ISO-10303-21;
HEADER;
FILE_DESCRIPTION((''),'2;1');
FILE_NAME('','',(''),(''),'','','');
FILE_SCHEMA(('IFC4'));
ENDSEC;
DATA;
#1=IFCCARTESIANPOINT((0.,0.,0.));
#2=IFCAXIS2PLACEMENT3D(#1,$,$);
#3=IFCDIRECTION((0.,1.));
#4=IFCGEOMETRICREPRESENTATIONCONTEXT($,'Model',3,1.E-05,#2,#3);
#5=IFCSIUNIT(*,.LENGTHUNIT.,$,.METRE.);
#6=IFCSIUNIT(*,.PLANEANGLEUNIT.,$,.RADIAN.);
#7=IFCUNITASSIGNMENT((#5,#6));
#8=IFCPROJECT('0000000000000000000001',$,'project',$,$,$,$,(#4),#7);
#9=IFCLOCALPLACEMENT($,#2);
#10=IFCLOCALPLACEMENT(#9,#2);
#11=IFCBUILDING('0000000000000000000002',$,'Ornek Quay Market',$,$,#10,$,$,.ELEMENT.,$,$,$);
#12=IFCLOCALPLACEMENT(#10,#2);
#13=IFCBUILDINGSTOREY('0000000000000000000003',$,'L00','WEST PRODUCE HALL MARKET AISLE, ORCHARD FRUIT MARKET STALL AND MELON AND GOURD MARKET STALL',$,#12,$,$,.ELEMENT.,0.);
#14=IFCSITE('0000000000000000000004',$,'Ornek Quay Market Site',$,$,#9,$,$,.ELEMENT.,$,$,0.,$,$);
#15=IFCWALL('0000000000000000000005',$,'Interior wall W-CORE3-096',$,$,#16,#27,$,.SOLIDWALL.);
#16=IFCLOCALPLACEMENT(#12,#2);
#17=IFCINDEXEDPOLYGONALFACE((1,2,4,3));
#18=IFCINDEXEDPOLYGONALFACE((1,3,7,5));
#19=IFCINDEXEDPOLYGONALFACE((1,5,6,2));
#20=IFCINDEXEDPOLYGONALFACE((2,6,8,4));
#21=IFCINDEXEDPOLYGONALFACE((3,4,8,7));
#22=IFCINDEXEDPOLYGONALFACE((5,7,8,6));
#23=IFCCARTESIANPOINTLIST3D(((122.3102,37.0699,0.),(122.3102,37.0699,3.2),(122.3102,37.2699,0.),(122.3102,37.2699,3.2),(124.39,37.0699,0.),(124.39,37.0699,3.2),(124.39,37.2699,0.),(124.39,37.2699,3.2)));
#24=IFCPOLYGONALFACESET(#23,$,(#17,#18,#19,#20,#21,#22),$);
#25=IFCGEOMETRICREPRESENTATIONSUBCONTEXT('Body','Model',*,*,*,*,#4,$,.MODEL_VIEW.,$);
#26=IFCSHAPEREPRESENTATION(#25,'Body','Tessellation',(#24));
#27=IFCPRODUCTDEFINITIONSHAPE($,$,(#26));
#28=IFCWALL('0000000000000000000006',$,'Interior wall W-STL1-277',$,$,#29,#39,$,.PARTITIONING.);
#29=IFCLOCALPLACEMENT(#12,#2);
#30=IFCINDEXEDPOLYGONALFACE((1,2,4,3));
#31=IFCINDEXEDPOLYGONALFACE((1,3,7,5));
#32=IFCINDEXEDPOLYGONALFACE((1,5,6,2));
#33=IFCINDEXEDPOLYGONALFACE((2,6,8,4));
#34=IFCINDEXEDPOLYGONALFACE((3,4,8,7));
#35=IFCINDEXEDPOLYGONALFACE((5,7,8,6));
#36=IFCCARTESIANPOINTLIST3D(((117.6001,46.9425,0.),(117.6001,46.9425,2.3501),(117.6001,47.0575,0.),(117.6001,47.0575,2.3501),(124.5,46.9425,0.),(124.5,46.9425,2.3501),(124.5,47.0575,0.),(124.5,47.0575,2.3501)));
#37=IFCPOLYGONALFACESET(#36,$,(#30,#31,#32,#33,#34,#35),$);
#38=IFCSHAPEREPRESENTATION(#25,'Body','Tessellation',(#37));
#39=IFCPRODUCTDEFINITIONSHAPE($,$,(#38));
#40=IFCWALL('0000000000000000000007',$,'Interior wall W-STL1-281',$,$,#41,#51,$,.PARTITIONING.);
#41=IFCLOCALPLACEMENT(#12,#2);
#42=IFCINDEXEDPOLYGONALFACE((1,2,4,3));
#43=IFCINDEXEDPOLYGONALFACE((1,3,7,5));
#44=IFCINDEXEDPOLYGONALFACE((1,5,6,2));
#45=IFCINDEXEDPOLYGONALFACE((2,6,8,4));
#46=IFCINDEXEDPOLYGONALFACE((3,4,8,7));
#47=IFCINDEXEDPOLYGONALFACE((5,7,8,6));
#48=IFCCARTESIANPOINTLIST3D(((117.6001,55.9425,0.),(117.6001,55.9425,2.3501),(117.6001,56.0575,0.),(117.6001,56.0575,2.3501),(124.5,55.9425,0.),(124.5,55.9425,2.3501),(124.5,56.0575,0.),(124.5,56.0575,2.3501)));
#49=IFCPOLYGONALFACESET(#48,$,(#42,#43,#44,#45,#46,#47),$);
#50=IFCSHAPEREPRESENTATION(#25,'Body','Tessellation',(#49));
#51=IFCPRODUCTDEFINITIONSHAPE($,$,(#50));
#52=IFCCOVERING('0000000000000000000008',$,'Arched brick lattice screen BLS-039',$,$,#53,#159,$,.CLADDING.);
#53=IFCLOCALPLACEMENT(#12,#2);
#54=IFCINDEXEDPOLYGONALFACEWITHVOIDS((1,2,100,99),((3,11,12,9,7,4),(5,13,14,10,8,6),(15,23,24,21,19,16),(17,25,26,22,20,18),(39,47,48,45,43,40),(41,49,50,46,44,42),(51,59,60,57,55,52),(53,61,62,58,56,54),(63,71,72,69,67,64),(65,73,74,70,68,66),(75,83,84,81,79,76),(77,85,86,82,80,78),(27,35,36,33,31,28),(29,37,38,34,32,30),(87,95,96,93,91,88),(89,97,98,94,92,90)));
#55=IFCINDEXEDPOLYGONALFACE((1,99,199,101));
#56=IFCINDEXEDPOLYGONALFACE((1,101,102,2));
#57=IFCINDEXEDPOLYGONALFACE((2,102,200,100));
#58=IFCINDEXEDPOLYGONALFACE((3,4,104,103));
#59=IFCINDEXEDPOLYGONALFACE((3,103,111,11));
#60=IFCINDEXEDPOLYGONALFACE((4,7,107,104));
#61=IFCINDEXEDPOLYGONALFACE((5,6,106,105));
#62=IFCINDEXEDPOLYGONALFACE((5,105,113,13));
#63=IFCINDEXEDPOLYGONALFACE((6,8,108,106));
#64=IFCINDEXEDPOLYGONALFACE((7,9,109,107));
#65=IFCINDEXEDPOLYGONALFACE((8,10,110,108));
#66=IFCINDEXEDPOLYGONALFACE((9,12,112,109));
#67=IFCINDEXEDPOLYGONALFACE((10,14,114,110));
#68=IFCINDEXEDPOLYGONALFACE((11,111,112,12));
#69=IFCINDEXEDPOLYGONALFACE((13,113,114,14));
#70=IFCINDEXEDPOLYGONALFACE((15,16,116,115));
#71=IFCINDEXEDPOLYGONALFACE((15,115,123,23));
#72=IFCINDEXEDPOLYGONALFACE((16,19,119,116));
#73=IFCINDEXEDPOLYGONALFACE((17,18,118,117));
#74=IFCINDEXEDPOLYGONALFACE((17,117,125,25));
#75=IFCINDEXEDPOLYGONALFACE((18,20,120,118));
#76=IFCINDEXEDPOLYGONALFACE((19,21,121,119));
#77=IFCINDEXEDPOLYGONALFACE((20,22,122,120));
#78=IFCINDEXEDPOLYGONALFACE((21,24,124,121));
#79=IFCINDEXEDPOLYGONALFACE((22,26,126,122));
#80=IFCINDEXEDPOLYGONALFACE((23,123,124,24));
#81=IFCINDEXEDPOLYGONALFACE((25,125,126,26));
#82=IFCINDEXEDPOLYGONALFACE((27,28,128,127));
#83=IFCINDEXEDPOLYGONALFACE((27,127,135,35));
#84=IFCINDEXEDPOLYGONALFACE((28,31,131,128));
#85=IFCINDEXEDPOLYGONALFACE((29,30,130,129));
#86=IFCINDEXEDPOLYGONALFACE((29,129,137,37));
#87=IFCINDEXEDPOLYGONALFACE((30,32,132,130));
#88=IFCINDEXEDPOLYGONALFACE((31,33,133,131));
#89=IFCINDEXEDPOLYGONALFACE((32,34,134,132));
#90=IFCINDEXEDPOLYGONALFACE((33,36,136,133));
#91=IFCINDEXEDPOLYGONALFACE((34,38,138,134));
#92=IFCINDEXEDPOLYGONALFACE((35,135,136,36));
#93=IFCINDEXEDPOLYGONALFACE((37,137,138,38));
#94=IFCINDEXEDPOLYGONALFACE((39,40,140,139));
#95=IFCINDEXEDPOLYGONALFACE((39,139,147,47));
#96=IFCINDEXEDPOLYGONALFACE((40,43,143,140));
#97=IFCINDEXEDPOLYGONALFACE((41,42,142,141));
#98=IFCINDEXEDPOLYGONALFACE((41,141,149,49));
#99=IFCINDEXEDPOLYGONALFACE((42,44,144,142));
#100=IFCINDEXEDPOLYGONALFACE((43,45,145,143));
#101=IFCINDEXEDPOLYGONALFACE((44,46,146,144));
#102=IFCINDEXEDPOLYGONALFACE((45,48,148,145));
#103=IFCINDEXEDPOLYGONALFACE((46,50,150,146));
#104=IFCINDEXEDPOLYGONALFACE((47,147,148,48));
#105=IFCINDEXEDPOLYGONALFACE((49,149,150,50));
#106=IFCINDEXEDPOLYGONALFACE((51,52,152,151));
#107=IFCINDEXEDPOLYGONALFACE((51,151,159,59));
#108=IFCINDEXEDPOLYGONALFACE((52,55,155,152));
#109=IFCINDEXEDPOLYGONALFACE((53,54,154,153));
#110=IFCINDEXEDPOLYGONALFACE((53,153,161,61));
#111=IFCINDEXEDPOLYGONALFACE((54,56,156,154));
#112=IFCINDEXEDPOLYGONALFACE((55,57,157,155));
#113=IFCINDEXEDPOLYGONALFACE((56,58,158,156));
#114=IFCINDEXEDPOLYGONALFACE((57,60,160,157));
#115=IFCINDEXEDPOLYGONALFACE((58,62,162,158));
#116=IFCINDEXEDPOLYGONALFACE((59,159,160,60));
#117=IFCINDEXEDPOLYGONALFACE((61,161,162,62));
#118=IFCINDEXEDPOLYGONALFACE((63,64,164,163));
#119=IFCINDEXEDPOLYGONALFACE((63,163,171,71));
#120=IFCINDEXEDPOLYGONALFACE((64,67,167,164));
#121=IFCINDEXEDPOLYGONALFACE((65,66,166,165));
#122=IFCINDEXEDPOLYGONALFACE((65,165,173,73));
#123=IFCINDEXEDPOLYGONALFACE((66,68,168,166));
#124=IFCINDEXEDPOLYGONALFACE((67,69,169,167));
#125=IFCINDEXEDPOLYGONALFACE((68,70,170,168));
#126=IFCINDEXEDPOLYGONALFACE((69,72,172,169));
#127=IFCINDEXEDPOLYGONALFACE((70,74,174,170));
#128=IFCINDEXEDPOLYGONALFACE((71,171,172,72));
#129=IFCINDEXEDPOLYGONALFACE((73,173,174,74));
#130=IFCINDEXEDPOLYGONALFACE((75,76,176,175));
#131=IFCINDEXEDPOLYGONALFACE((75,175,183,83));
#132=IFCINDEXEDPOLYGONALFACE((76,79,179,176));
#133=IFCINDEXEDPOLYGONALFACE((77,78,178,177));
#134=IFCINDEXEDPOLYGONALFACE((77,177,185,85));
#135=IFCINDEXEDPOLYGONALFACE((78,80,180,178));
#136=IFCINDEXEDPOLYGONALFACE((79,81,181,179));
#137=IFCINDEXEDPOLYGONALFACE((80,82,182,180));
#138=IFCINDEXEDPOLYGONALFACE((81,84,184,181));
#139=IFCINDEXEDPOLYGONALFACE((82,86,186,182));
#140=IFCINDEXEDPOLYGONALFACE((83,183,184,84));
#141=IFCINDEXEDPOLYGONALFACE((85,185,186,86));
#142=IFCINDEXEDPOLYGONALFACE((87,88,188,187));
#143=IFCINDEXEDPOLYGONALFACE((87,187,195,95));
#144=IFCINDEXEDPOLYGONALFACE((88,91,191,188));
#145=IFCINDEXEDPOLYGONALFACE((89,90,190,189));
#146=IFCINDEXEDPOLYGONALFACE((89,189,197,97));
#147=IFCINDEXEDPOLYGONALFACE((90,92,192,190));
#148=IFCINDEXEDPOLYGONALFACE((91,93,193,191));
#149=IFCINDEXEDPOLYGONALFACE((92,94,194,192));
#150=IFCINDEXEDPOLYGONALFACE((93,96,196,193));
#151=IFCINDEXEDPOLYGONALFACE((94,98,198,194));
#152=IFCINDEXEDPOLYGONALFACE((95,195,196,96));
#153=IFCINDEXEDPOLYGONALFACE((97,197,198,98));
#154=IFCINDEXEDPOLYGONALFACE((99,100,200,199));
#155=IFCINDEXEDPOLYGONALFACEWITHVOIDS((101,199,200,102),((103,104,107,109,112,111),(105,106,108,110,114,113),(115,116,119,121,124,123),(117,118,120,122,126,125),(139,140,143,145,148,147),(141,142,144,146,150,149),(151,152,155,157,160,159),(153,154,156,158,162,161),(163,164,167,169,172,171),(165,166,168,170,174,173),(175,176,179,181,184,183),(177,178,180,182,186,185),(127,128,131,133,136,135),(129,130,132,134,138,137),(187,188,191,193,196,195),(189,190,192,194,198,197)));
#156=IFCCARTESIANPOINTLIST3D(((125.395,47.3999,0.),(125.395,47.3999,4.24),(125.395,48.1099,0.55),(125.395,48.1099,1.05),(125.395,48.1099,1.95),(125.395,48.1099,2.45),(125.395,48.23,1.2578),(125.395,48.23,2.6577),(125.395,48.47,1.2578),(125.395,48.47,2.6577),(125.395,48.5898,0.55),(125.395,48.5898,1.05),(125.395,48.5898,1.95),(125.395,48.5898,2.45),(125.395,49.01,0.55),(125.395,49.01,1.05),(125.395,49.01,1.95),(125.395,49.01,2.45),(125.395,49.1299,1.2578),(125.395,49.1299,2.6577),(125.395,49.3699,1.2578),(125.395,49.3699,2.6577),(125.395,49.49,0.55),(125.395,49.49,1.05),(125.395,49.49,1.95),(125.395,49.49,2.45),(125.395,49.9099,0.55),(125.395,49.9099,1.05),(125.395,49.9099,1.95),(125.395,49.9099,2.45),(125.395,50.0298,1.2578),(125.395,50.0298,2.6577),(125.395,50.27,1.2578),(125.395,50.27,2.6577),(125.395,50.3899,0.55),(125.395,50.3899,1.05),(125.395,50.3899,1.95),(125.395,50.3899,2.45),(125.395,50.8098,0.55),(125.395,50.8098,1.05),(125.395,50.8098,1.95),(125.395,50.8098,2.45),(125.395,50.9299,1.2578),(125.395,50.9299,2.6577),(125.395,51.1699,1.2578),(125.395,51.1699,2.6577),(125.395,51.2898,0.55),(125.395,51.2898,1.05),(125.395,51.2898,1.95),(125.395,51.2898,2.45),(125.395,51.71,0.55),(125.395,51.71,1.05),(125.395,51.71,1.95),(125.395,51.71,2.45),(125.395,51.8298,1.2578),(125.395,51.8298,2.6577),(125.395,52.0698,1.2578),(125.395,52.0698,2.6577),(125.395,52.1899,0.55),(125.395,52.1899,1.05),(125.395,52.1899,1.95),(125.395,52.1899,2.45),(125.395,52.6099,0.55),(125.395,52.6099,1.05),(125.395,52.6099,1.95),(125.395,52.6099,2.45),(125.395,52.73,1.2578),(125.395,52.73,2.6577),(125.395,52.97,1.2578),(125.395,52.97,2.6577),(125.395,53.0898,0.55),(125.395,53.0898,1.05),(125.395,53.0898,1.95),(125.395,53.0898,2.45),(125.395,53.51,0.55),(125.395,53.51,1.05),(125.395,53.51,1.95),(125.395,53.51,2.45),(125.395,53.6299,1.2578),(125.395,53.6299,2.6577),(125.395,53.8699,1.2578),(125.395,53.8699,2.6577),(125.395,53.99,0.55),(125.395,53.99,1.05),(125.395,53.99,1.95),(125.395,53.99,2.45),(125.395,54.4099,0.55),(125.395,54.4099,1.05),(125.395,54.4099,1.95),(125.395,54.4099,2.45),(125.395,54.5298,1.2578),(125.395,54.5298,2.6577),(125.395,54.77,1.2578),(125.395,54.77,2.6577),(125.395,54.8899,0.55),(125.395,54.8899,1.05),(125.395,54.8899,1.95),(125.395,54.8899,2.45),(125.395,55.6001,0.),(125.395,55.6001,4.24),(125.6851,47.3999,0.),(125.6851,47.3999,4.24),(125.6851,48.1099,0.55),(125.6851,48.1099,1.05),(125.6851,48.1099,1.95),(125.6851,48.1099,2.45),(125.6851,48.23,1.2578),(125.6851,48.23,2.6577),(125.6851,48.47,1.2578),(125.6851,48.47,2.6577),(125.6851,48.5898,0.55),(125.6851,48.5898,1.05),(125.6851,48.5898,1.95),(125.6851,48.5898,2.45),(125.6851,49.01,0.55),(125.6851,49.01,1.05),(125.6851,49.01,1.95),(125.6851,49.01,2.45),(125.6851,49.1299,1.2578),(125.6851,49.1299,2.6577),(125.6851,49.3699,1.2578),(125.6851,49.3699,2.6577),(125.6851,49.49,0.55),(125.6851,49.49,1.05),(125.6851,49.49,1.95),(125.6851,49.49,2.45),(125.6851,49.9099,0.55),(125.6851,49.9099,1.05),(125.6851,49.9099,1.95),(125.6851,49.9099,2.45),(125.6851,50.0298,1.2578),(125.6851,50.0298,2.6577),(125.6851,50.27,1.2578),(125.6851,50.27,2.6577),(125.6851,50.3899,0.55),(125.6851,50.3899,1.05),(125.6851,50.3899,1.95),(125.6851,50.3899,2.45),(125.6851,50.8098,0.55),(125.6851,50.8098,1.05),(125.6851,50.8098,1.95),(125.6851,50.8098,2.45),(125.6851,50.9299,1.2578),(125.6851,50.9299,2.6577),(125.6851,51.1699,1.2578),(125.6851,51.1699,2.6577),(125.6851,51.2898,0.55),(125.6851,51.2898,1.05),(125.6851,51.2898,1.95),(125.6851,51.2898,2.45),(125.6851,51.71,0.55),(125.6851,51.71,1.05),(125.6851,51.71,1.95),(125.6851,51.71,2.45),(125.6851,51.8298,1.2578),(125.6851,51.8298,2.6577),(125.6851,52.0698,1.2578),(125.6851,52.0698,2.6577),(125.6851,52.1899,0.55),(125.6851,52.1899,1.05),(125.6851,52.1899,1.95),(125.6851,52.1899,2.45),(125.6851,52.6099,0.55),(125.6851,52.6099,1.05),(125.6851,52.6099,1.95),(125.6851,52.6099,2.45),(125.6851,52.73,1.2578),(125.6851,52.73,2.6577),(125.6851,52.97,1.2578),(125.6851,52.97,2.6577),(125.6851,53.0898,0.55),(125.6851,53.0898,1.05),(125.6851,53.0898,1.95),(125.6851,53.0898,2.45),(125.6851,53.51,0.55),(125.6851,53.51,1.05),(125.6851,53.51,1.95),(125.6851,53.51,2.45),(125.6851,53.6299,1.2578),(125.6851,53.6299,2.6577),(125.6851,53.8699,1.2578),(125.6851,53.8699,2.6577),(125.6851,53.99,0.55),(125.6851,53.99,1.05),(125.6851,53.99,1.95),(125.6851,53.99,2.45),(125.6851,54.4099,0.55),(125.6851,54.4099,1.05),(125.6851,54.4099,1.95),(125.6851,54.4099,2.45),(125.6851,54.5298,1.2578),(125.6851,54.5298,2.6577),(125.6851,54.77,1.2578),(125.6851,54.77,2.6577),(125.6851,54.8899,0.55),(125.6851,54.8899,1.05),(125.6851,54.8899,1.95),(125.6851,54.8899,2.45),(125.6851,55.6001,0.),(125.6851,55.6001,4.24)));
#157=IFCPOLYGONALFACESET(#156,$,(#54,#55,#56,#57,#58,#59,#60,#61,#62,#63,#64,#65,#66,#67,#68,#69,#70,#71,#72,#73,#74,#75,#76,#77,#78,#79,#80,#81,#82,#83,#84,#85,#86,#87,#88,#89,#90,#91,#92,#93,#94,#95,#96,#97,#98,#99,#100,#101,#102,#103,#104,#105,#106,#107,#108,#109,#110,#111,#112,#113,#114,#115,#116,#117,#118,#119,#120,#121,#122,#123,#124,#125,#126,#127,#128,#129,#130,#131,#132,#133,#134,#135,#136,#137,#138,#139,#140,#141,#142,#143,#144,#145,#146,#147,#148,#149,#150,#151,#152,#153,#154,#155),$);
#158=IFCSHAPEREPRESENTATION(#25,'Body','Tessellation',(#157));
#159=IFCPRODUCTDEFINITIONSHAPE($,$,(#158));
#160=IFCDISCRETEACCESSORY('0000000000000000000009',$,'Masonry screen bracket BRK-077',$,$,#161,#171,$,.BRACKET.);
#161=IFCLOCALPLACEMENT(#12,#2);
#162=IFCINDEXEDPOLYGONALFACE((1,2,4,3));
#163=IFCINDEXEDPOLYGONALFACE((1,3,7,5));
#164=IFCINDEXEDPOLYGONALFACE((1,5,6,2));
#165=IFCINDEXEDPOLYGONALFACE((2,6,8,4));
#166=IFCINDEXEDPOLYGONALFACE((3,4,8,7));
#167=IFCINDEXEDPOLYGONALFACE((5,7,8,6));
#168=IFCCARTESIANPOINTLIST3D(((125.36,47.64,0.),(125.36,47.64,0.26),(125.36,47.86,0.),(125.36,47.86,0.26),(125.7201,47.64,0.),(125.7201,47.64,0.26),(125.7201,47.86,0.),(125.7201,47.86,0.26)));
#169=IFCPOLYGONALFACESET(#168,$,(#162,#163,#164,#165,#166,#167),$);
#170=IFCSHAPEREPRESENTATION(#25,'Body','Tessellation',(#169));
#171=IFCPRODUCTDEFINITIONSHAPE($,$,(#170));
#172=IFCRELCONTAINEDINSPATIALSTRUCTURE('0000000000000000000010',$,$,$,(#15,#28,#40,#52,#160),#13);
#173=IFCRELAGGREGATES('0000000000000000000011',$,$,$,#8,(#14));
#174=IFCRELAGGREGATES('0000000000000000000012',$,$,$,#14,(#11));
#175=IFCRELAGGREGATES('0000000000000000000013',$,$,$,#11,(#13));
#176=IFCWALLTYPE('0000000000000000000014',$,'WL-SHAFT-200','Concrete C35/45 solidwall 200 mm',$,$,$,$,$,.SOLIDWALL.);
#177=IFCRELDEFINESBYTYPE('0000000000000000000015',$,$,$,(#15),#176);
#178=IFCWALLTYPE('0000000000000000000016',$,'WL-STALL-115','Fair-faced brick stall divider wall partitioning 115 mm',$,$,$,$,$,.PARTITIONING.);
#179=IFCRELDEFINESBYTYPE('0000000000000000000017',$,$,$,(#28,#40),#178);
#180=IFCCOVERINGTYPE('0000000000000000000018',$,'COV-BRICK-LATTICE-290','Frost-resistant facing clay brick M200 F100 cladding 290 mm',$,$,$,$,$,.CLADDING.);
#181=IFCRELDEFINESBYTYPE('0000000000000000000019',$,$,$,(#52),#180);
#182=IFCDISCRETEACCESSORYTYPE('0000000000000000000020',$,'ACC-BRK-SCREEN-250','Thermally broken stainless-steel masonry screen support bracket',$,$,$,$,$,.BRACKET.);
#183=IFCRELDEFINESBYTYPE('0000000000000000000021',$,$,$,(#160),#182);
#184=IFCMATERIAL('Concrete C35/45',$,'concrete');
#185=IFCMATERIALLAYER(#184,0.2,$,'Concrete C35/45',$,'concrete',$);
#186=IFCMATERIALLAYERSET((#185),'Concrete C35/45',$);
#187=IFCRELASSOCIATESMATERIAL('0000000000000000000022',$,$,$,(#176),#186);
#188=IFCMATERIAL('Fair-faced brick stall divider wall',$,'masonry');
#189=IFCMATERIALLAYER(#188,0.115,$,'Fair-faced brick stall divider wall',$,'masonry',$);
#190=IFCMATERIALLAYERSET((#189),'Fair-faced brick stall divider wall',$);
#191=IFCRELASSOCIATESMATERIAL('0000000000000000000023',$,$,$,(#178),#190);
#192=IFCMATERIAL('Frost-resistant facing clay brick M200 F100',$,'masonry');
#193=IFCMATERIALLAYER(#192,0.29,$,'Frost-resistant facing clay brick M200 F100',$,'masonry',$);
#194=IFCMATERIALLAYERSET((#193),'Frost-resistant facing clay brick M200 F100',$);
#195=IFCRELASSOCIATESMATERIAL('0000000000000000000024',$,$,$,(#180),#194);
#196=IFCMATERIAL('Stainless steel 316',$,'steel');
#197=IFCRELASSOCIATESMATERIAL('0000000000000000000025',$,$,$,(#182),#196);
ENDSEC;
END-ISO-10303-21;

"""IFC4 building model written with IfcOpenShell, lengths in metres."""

from ifc_helpers import new_model, si_unit, direction, frame, frame_2d, origin, origin_2d, place, context, subcontext, project, spatial, polyline, rectangle, outline, extrude, material, layer, layer_set, type_object, element, save


model = new_model("IFC4")

# Units and contexts
model_context = context("Model", 3, precision=1e-05, world=origin(), true_north=direction((0.0, 1.0)))
body_context = subcontext(model_context, "Body", "Model", "MODEL_VIEW")
ifc_project = project(units=[si_unit("LENGTHUNIT", "METRE"), si_unit("PLANEANGLEUNIT", "RADIAN")], contexts=[model_context])

# Site, building, storey
site_placement = place(None, origin())
site = spatial("IfcSite", under=ifc_project, at=site_placement, Name="Ornek Quay Market Site", CompositionType="ELEMENT", RefElevation=0.0)
building_placement = place(site_placement, origin())
building = spatial("IfcBuilding", under=site, at=building_placement, Name="Ornek Quay Market", CompositionType="ELEMENT")
storey_placement = place(building_placement, origin())
storey = spatial("IfcBuildingStorey", under=building, at=storey_placement, Name="L00", Description="WEST PRODUCE HALL MARKET AISLE, ORCHARD FRUIT MARKET STALL AND MELON AND GOURD MARKET STALL", CompositionType="ELEMENT", Elevation=0.0)

# Shared definitions
ifc_material_1 = material(Name="Concrete C35/45", Category="concrete")

# Shared definitions
ifc_material_2 = material(Name="Frost-resistant facing clay brick M200 F100", Category="masonry")

# Walls
ifc_layer_1 = layer(ifc_material_1, 0.2, Name="Concrete C35/45", Category="concrete")
ifc_layer_set_1 = layer_set([ifc_layer_1], Name="Concrete C35/45")
wall_type_1 = type_object("IfcWallType", Name="WL-SHAFT-200", Description="Concrete C35/45 solidwall 200 mm", PredefinedType="SOLIDWALL", material=ifc_layer_set_1)
wall_1_placement = place(storey_placement, frame((122.3101, 37.1699, 0.0), z_axis=(0.0, 0.0, 1.0), x_axis=(1.0, 0.0, 0.0)))
element("IfcWall", 1, at=wall_1_placement, inside=storey, type_object=wall_type_1, Name="Interior wall W-CORE3-096", PredefinedType="SOLIDWALL", context=body_context, shape_type="SweptSolid", body=[
    extrude(rectangle(XDim=2.0798, YDim=0.2, at=frame_2d((1.04, 0.0))), origin(), (0.0, 0.0, 1.0), 3.2),
])
ifc_material_3 = material(Name="Fair-faced brick stall divider wall", Category="masonry")
ifc_layer_2 = layer(ifc_material_3, 0.115, Name="Fair-faced brick stall divider wall", Category="masonry")
ifc_layer_set_2 = layer_set([ifc_layer_2], Name="Fair-faced brick stall divider wall")
wall_type_2 = type_object("IfcWallType", Name="WL-STALL-115", Description="Fair-faced brick stall divider wall partitioning 115 mm", PredefinedType="PARTITIONING", material=ifc_layer_set_2)
for number, where, z_axis, x_axis, name in (
    (2, (117.6001, 47.0, 0.0), (0.0, 0.0, 1.0), (1.0, 0.0, 0.0), "Interior wall W-STL1-277"),
    (3, (117.6001, 56.0, 0.0), (0.0, 0.0, 1.0), (1.0, 0.0, 0.0), "Interior wall W-STL1-281"),
):
    element("IfcWall", number, at=place(storey_placement, frame(where, z_axis=z_axis, x_axis=x_axis)), inside=storey, type_object=wall_type_2, Name=name, PredefinedType="PARTITIONING", context=body_context, shape_type="SweptSolid", body=[
        extrude(rectangle(XDim=6.8999, YDim=0.115, at=frame_2d((3.45, 0.0))), origin(), (0.0, 0.0, 1.0), 2.3501),
    ])

# Covering
ifc_layer_3 = layer(ifc_material_2, 0.29, Name="Frost-resistant facing clay brick M200 F100", Category="masonry")
ifc_layer_set_3 = layer_set([ifc_layer_3], Name="Frost-resistant facing clay brick M200 F100")
covering_type = type_object("IfcCoveringType", Name="COV-BRICK-LATTICE-290", Description="Frost-resistant facing clay brick M200 F100 cladding 290 mm", PredefinedType="CLADDING", material=ifc_layer_set_3)
covering_placement = place(storey_placement, frame((125.54, 47.3999, 0.0), z_axis=(0.0, 0.0, 1.0), x_axis=(0.0, 1.0, 0.0)))
element("IfcCovering", 4, at=covering_placement, inside=storey, type_object=covering_type, Name="Arched brick lattice screen BLS-039", PredefinedType="CLADDING", context=body_context, shape_type="SweptSolid", body=[
    extrude(outline(polyline([(0.0, 0.0), (8.2002, 0.0), (8.2002, 4.24), (0.0, 4.24), (0.0, 0.0)]), holes=[polyline([(0.71, 0.55), (1.1899, 0.55), (1.1899, 1.05), (1.0701, 1.2578), (0.8301, 1.2578), (0.71, 1.05), (0.71, 0.55)]), polyline([(0.71, 1.95), (1.1899, 1.95), (1.1899, 2.45), (1.0701, 2.6577), (0.8301, 2.6577), (0.71, 2.45), (0.71, 1.95)]), polyline([(1.6101, 0.55), (2.0901, 0.55), (2.0901, 1.05), (1.97, 1.2578), (1.73, 1.2578), (1.6101, 1.05), (1.6101, 0.55)]), polyline([(1.6101, 1.95), (2.0901, 1.95), (2.0901, 2.45), (1.97, 2.6577), (1.73, 2.6577), (1.6101, 2.45), (1.6101, 1.95)]), polyline([(2.51, 0.55), (2.99, 0.55), (2.99, 1.05), (2.8701, 1.2578), (2.6299, 1.2578), (2.51, 1.05), (2.51, 0.55)]), polyline([(2.51, 1.95), (2.99, 1.95), (2.99, 2.45), (2.8701, 2.6577), (2.6299, 2.6577), (2.51, 2.45), (2.51, 1.95)]), polyline([(3.4099, 0.55), (3.8899, 0.55), (3.8899, 1.05), (3.77, 1.2578), (3.53, 1.2578), (3.4099, 1.05), (3.4099, 0.55)]), polyline([(3.4099, 1.95), (3.8899, 1.95), (3.8899, 2.45), (3.77, 2.6577), (3.53, 2.6577), (3.4099, 2.45), (3.4099, 1.95)]), polyline([(4.3101, 0.55), (4.79, 0.55), (4.79, 1.05), (4.6699, 1.2578), (4.4299, 1.2578), (4.3101, 1.05), (4.3101, 0.55)]), polyline([(4.3101, 1.95), (4.79, 1.95), (4.79, 2.45), (4.6699, 2.6577), (4.4299, 2.6577), (4.3101, 2.45), (4.3101, 1.95)]), polyline([(5.21, 0.55), (5.6899, 0.55), (5.6899, 1.05), (5.5701, 1.2578), (5.3301, 1.2578), (5.21, 1.05), (5.21, 0.55)]), polyline([(5.21, 1.95), (5.6899, 1.95), (5.6899, 2.45), (5.5701, 2.6577), (5.3301, 2.6577), (5.21, 2.45), (5.21, 1.95)]), polyline([(6.1101, 0.55), (6.5901, 0.55), (6.5901, 1.05), (6.47, 1.2578), (6.23, 1.2578), (6.1101, 1.05), (6.1101, 0.55)]), polyline([(6.1101, 1.95), (6.5901, 1.95), (6.5901, 2.45), (6.47, 2.6577), (6.23, 2.6577), (6.1101, 2.45), (6.1101, 1.95)]), polyline([(7.01, 0.55), (7.49, 0.55), (7.49, 1.05), (7.3701, 1.2578), (7.1299, 1.2578), (7.01, 1.05), (7.01, 0.55)]), polyline([(7.01, 1.95), (7.49, 1.95), (7.49, 2.45), (7.3701, 2.6577), (7.1299, 2.6577), (7.01, 2.45), (7.01, 1.95)])]), frame((0.0, 0.145, 0.0), z_axis=(0.0, -1.0, 0.0), x_axis=(1.0, 0.0, 0.0)), (0.0, 0.0, 1.0), 0.29),
])

# Discrete accessory
ifc_material_4 = material(Name="Stainless steel 316", Category="steel")
discrete_accessory_type = type_object("IfcDiscreteAccessoryType", Name="ACC-BRK-SCREEN-250", Description="Thermally broken stainless-steel masonry screen support bracket", PredefinedType="BRACKET", material=ifc_material_4)
for number, where, z_axis, x_axis, name in (
    (5, (125.54, 47.75, 0.0), (0.0, 0.0, 1.0), (0.0, 1.0, 0.0), "Masonry screen bracket BRK-077"),
):
    element("IfcDiscreteAccessory", number, at=place(storey_placement, frame(where, z_axis=z_axis, x_axis=x_axis)), inside=storey, type_object=discrete_accessory_type, Name=name, PredefinedType="BRACKET", context=body_context, shape_type="SweptSolid", body=[
        extrude(rectangle(XDim=0.22, YDim=0.3601, at=origin_2d()), origin(), (0.0, 0.0, 1.0), 0.26),
    ])

save(model, "model.ifc")
